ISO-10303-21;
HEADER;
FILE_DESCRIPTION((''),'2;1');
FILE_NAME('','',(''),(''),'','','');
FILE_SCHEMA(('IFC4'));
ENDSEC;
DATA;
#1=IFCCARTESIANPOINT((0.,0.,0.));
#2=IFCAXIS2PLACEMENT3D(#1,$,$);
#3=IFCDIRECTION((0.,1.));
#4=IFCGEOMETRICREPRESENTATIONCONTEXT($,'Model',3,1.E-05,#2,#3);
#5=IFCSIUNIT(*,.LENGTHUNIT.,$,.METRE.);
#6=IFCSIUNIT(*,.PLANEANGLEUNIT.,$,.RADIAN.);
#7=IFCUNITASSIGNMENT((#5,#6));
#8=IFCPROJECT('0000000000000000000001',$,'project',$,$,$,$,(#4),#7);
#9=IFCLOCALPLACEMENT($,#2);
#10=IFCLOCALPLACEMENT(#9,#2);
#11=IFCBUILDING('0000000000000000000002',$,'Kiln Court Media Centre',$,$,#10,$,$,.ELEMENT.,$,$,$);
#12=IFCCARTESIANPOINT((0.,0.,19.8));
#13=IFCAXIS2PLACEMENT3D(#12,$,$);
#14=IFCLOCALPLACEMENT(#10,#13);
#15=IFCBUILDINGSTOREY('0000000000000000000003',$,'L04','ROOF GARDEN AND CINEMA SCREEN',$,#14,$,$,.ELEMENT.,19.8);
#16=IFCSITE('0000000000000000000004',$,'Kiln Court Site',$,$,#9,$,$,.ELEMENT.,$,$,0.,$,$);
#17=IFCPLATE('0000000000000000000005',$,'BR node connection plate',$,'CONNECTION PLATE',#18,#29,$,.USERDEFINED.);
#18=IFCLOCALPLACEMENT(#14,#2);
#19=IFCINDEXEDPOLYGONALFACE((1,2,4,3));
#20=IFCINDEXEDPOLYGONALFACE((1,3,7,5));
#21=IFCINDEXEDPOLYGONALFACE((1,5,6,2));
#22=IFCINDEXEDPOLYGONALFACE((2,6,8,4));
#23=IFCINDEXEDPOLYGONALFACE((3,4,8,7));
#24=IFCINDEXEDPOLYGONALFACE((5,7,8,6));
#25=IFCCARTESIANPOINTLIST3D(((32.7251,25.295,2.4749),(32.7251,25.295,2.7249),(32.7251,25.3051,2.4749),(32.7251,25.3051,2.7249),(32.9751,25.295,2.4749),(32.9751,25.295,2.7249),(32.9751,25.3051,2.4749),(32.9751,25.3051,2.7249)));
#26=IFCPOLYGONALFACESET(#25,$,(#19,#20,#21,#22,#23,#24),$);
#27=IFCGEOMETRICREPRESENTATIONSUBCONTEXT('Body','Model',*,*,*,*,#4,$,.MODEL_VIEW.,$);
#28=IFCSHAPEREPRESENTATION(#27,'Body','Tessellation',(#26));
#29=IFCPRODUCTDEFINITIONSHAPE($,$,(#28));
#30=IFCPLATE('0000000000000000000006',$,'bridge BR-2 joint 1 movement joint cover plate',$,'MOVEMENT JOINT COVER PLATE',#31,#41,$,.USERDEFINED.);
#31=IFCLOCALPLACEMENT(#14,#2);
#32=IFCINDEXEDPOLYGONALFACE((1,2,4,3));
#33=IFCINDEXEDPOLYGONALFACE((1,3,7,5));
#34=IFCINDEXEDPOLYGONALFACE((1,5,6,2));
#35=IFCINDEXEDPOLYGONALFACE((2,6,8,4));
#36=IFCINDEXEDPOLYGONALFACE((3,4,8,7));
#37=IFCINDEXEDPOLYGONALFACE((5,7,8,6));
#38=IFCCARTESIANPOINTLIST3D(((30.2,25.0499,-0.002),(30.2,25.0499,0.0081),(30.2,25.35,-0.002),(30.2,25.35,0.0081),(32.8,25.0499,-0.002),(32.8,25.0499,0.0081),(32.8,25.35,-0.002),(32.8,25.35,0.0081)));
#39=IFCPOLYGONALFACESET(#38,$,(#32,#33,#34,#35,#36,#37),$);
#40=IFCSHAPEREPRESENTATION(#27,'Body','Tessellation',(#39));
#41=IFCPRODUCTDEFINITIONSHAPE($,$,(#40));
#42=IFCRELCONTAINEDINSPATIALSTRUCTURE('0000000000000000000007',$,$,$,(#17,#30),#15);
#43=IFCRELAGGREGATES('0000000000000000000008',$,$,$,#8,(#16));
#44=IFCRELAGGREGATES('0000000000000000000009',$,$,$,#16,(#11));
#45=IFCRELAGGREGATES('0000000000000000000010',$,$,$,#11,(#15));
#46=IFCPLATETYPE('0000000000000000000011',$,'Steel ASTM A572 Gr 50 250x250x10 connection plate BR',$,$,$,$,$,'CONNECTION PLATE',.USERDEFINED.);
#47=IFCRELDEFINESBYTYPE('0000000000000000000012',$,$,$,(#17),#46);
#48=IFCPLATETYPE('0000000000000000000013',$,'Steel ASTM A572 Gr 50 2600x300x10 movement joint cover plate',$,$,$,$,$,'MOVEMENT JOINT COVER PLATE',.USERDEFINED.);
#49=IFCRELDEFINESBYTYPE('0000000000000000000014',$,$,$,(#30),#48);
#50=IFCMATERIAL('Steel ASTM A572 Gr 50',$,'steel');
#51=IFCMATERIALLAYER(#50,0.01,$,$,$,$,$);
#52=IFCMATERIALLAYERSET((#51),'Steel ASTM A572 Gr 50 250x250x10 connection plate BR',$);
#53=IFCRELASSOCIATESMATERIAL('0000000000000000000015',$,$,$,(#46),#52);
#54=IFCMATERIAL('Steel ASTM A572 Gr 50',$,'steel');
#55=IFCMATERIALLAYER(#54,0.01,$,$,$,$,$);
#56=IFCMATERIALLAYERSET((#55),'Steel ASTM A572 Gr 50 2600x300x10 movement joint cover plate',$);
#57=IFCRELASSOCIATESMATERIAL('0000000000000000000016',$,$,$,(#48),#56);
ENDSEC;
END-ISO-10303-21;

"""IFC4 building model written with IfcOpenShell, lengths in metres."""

from ifc_helpers import new_model, si_unit, direction, frame, origin, origin_2d, place, context, subcontext, project, spatial, rectangle, extrude, material, layer, layer_set, type_object, element, save


model = new_model("IFC4")

# Units and contexts
model_context = context("Model", 3, precision=1e-05, world=origin(), true_north=direction((0.0, 1.0)))
body_context = subcontext(model_context, "Body", "Model", "MODEL_VIEW")
ifc_project = project(units=[si_unit("LENGTHUNIT", "METRE"), si_unit("PLANEANGLEUNIT", "RADIAN")], contexts=[model_context])

# Site, building, storey
site_placement = place(None, origin())
site = spatial("IfcSite", under=ifc_project, at=site_placement, Name="Kiln Court Site", CompositionType="ELEMENT", RefElevation=0.0)
building_placement = place(site_placement, origin())
building = spatial("IfcBuilding", under=site, at=building_placement, Name="Kiln Court Media Centre", CompositionType="ELEMENT")
storey_placement = place(building_placement, frame((0.0, 0.0, 19.8)))
storey = spatial("IfcBuildingStorey", under=building, at=storey_placement, Name="L04", Description="ROOF GARDEN AND CINEMA SCREEN", CompositionType="ELEMENT", Elevation=19.8)

# Plates
ifc_material_1 = material(Name="Steel ASTM A572 Gr 50", Category="steel")
ifc_layer_1 = layer(ifc_material_1, 0.01)
ifc_layer_set_1 = layer_set([ifc_layer_1], Name="Steel ASTM A572 Gr 50 250x250x10 connection plate BR")
plate_type_1 = type_object("IfcPlateType", Name="Steel ASTM A572 Gr 50 250x250x10 connection plate BR", ElementType="CONNECTION PLATE", PredefinedType="USERDEFINED", material=ifc_layer_set_1)
plate_1_placement = place(storey_placement, frame((32.8501, 25.3, 2.4749), z_axis=(0.0, 0.0, 1.0), x_axis=(1.0, 0.0, 0.0)))
element("IfcPlate", 1, at=plate_1_placement, inside=storey, type_object=plate_type_1, Name="BR node connection plate", ObjectType="CONNECTION PLATE", PredefinedType="USERDEFINED", context=body_context, shape_type="SweptSolid", body=[
    extrude(rectangle(XDim=0.25, YDim=0.01, at=origin_2d()), origin(), (0.0, 0.0, 1.0), 0.25),
])
ifc_material_2 = material(Name="Steel ASTM A572 Gr 50", Category="steel")
ifc_layer_2 = layer(ifc_material_2, 0.01)
ifc_layer_set_2 = layer_set([ifc_layer_2], Name="Steel ASTM A572 Gr 50 2600x300x10 movement joint cover plate")
plate_type_2 = type_object("IfcPlateType", Name="Steel ASTM A572 Gr 50 2600x300x10 movement joint cover plate", ElementType="MOVEMENT JOINT COVER PLATE", PredefinedType="USERDEFINED", material=ifc_layer_set_2)
plate_2_placement = place(storey_placement, frame((31.5, 25.2, -0.002), z_axis=(0.0, 0.0, 1.0), x_axis=(1.0, 0.0, 0.0)))
element("IfcPlate", 2, at=plate_2_placement, inside=storey, type_object=plate_type_2, Name="bridge BR-2 joint 1 movement joint cover plate", ObjectType="MOVEMENT JOINT COVER PLATE", PredefinedType="USERDEFINED", context=body_context, shape_type="SweptSolid", body=[
    extrude(rectangle(XDim=2.6001, YDim=0.3, at=origin_2d()), origin(), (0.0, 0.0, 1.0), 0.01),
])

save(model, "model.ifc")
